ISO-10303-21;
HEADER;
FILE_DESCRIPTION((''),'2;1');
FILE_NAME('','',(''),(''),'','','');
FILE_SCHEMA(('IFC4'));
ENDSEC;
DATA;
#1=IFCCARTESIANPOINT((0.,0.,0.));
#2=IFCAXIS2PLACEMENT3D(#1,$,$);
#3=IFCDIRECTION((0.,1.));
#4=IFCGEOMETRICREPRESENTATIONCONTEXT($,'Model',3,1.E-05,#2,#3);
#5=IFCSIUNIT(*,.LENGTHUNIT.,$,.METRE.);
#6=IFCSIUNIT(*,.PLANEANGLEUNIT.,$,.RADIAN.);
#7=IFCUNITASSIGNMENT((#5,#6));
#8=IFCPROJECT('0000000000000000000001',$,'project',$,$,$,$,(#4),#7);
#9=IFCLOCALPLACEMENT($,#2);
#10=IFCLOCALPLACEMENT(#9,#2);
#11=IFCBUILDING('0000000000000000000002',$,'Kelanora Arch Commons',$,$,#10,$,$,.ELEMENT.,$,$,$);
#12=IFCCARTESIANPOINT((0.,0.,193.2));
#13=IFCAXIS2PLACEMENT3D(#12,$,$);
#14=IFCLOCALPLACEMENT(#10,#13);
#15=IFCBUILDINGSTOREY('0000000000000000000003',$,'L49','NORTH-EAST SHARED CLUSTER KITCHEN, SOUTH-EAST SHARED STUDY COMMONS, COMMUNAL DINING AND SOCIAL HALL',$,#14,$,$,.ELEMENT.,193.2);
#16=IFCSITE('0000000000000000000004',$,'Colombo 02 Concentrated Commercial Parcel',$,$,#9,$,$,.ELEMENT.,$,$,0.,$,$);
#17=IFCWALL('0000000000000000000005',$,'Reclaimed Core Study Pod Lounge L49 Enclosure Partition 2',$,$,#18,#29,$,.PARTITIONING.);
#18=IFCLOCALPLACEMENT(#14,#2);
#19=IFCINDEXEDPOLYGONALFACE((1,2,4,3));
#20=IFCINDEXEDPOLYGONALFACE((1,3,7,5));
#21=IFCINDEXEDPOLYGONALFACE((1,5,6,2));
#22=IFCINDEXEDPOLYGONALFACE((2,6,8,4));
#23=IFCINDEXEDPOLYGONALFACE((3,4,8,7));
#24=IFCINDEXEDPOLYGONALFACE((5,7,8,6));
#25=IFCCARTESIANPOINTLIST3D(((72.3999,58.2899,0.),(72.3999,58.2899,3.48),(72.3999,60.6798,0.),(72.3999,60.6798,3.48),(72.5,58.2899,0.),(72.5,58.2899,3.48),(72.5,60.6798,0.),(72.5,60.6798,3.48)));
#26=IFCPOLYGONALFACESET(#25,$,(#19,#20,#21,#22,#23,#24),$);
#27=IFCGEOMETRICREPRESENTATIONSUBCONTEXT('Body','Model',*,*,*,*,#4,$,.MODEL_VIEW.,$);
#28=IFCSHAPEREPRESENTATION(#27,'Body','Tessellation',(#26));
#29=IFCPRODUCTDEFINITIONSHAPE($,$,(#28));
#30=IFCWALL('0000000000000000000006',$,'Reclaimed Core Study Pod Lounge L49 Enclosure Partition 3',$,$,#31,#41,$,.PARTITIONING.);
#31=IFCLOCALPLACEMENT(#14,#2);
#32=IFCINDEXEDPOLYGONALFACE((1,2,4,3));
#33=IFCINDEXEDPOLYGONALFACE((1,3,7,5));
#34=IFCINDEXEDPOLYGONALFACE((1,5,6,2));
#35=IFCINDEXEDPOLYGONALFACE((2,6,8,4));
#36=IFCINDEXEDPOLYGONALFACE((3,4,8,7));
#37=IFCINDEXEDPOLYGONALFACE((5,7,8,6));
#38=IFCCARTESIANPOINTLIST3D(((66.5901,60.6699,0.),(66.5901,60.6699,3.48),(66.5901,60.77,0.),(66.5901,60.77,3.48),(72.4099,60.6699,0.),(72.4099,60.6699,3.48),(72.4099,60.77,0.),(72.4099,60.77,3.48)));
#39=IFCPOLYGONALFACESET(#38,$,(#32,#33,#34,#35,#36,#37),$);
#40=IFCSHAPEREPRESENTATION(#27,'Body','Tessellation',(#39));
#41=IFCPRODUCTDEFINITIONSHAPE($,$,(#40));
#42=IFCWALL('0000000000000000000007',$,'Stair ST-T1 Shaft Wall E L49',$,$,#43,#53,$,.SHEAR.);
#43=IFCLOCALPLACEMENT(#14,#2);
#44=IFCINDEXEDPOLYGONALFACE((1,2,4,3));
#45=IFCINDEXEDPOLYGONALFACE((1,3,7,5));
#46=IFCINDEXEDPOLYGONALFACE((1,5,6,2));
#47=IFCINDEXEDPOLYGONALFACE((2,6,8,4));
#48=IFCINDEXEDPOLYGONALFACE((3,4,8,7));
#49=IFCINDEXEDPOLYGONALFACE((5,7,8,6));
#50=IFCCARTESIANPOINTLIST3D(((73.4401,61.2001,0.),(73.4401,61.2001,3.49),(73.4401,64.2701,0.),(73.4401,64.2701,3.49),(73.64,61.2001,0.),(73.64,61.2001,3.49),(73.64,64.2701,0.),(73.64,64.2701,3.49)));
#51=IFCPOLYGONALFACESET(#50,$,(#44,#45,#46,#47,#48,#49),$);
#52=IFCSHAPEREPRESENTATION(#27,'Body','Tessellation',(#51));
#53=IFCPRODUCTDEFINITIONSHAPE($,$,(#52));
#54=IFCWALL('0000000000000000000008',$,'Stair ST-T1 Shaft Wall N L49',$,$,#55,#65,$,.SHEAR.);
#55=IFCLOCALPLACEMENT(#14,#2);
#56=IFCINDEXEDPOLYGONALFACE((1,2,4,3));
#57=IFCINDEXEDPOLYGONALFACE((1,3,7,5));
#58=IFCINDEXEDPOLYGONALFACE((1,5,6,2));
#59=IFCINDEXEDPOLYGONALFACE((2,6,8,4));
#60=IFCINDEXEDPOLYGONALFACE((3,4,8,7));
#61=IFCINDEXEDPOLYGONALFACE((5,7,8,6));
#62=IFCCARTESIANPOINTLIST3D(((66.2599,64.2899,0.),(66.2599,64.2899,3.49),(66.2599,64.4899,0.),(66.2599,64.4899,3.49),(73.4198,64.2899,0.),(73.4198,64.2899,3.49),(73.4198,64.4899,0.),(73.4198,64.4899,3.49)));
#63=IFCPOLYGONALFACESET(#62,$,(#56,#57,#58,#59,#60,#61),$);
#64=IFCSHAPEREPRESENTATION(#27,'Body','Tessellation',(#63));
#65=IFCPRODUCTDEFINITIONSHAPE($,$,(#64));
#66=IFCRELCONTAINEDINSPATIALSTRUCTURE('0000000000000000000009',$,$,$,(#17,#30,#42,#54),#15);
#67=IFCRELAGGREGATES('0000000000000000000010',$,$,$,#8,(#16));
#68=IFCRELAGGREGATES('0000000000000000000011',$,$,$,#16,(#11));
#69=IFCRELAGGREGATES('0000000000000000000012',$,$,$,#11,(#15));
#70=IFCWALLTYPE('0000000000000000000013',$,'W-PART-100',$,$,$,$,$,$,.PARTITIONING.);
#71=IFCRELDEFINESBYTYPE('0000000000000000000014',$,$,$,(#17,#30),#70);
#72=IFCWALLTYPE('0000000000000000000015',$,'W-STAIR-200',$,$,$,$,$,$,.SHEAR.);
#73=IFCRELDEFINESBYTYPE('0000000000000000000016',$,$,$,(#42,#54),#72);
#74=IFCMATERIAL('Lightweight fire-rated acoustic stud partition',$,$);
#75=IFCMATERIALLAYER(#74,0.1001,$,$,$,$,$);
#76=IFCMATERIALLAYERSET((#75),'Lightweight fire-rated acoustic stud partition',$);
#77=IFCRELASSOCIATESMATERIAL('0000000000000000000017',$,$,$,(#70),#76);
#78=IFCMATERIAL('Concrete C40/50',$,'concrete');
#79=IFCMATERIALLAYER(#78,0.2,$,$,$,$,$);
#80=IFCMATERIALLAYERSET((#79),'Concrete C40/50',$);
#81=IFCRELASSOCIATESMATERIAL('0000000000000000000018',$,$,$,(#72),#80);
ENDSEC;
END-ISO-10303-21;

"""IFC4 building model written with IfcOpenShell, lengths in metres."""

from ifc_helpers import new_model, si_unit, direction, frame, frame_2d, origin, place, context, subcontext, project, spatial, rectangle, extrude, material, layer, layer_set, type_object, element, save


model = new_model("IFC4")

# Units and contexts
model_context = context("Model", 3, precision=1e-05, world=origin(), true_north=direction((0.0, 1.0)))
body_context = subcontext(model_context, "Body", "Model", "MODEL_VIEW")
ifc_project = project(units=[si_unit("LENGTHUNIT", "METRE"), si_unit("PLANEANGLEUNIT", "RADIAN")], contexts=[model_context])

# Site, building, storey
site_placement = place(None, origin())
site = spatial("IfcSite", under=ifc_project, at=site_placement, Name="Colombo 02 Concentrated Commercial Parcel", CompositionType="ELEMENT", RefElevation=0.0)
building_placement = place(site_placement, origin())
building = spatial("IfcBuilding", under=site, at=building_placement, Name="Kelanora Arch Commons", CompositionType="ELEMENT")
storey_placement = place(building_placement, frame((0.0, 0.0, 193.2)))
storey = spatial("IfcBuildingStorey", under=building, at=storey_placement, Name="L49", Description="NORTH-EAST SHARED CLUSTER KITCHEN, SOUTH-EAST SHARED STUDY COMMONS, COMMUNAL DINING AND SOCIAL HALL", CompositionType="ELEMENT", Elevation=193.2)

# Shared definitions
ifc_material_1 = material(Name="Concrete C40/50", Category="concrete")

# Walls
ifc_material_2 = material(Name="Lightweight fire-rated acoustic stud partition")
ifc_layer_1 = layer(ifc_material_2, 0.1001)
ifc_layer_set_1 = layer_set([ifc_layer_1], Name="Lightweight fire-rated acoustic stud partition")
wall_type_1 = type_object("IfcWallType", Name="W-PART-100", PredefinedType="PARTITIONING", material=ifc_layer_set_1)
wall_1_placement = place(storey_placement, frame((72.45, 58.29, 0.0), z_axis=(0.0, 0.0, 1.0), x_axis=(0.0, 1.0, 0.0)))
element("IfcWall", 1, at=wall_1_placement, inside=storey, type_object=wall_type_1, Name="Reclaimed Core Study Pod Lounge L49 Enclosure Partition 2", PredefinedType="PARTITIONING", context=body_context, shape_type="SweptSolid", body=[
    extrude(rectangle(XDim=2.3899, YDim=0.1001, at=frame_2d((1.1948, 0.0))), origin(), (0.0, 0.0, 1.0), 3.48),
])
wall_2_placement = place(storey_placement, frame((72.4099, 60.72, 0.0), z_axis=(0.0, 0.0, 1.0), x_axis=(-1.0, 0.0, 0.0)))
element("IfcWall", 2, at=wall_2_placement, inside=storey, type_object=wall_type_1, Name="Reclaimed Core Study Pod Lounge L49 Enclosure Partition 3", PredefinedType="PARTITIONING", context=body_context, shape_type="SweptSolid", body=[
    extrude(rectangle(XDim=5.8198, YDim=0.1001, at=frame_2d((2.9099, 0.0))), origin(), (0.0, 0.0, 1.0), 3.48),
])
ifc_layer_2 = layer(ifc_material_1, 0.2)
ifc_layer_set_2 = layer_set([ifc_layer_2], Name="Concrete C40/50")
wall_type_2 = type_object("IfcWallType", Name="W-STAIR-200", PredefinedType="SHEAR", material=ifc_layer_set_2)
wall_3_placement = place(storey_placement, frame((73.54, 61.2, 0.0), z_axis=(0.0, 0.0, 1.0), x_axis=(0.0, 1.0, 0.0)))
element("IfcWall", 3, at=wall_3_placement, inside=storey, type_object=wall_type_2, Name="Stair ST-T1 Shaft Wall E L49", PredefinedType="SHEAR", context=body_context, shape_type="SweptSolid", body=[
    extrude(rectangle(XDim=3.0701, YDim=0.2, at=frame_2d((1.5352, 0.0))), origin(), (0.0, 0.0, 1.0), 3.49),
])
wall_4_placement = place(storey_placement, frame((73.4199, 64.3899, 0.0), z_axis=(0.0, 0.0, 1.0), x_axis=(-1.0, 0.0, 0.0)))
element("IfcWall", 4, at=wall_4_placement, inside=storey, type_object=wall_type_2, Name="Stair ST-T1 Shaft Wall N L49", PredefinedType="SHEAR", context=body_context, shape_type="SweptSolid", body=[
    extrude(rectangle(XDim=7.1599, YDim=0.2, at=frame_2d((3.5801, 0.0))), origin(), (0.0, 0.0, 1.0), 3.49),
])

save(model, "model.ifc")
